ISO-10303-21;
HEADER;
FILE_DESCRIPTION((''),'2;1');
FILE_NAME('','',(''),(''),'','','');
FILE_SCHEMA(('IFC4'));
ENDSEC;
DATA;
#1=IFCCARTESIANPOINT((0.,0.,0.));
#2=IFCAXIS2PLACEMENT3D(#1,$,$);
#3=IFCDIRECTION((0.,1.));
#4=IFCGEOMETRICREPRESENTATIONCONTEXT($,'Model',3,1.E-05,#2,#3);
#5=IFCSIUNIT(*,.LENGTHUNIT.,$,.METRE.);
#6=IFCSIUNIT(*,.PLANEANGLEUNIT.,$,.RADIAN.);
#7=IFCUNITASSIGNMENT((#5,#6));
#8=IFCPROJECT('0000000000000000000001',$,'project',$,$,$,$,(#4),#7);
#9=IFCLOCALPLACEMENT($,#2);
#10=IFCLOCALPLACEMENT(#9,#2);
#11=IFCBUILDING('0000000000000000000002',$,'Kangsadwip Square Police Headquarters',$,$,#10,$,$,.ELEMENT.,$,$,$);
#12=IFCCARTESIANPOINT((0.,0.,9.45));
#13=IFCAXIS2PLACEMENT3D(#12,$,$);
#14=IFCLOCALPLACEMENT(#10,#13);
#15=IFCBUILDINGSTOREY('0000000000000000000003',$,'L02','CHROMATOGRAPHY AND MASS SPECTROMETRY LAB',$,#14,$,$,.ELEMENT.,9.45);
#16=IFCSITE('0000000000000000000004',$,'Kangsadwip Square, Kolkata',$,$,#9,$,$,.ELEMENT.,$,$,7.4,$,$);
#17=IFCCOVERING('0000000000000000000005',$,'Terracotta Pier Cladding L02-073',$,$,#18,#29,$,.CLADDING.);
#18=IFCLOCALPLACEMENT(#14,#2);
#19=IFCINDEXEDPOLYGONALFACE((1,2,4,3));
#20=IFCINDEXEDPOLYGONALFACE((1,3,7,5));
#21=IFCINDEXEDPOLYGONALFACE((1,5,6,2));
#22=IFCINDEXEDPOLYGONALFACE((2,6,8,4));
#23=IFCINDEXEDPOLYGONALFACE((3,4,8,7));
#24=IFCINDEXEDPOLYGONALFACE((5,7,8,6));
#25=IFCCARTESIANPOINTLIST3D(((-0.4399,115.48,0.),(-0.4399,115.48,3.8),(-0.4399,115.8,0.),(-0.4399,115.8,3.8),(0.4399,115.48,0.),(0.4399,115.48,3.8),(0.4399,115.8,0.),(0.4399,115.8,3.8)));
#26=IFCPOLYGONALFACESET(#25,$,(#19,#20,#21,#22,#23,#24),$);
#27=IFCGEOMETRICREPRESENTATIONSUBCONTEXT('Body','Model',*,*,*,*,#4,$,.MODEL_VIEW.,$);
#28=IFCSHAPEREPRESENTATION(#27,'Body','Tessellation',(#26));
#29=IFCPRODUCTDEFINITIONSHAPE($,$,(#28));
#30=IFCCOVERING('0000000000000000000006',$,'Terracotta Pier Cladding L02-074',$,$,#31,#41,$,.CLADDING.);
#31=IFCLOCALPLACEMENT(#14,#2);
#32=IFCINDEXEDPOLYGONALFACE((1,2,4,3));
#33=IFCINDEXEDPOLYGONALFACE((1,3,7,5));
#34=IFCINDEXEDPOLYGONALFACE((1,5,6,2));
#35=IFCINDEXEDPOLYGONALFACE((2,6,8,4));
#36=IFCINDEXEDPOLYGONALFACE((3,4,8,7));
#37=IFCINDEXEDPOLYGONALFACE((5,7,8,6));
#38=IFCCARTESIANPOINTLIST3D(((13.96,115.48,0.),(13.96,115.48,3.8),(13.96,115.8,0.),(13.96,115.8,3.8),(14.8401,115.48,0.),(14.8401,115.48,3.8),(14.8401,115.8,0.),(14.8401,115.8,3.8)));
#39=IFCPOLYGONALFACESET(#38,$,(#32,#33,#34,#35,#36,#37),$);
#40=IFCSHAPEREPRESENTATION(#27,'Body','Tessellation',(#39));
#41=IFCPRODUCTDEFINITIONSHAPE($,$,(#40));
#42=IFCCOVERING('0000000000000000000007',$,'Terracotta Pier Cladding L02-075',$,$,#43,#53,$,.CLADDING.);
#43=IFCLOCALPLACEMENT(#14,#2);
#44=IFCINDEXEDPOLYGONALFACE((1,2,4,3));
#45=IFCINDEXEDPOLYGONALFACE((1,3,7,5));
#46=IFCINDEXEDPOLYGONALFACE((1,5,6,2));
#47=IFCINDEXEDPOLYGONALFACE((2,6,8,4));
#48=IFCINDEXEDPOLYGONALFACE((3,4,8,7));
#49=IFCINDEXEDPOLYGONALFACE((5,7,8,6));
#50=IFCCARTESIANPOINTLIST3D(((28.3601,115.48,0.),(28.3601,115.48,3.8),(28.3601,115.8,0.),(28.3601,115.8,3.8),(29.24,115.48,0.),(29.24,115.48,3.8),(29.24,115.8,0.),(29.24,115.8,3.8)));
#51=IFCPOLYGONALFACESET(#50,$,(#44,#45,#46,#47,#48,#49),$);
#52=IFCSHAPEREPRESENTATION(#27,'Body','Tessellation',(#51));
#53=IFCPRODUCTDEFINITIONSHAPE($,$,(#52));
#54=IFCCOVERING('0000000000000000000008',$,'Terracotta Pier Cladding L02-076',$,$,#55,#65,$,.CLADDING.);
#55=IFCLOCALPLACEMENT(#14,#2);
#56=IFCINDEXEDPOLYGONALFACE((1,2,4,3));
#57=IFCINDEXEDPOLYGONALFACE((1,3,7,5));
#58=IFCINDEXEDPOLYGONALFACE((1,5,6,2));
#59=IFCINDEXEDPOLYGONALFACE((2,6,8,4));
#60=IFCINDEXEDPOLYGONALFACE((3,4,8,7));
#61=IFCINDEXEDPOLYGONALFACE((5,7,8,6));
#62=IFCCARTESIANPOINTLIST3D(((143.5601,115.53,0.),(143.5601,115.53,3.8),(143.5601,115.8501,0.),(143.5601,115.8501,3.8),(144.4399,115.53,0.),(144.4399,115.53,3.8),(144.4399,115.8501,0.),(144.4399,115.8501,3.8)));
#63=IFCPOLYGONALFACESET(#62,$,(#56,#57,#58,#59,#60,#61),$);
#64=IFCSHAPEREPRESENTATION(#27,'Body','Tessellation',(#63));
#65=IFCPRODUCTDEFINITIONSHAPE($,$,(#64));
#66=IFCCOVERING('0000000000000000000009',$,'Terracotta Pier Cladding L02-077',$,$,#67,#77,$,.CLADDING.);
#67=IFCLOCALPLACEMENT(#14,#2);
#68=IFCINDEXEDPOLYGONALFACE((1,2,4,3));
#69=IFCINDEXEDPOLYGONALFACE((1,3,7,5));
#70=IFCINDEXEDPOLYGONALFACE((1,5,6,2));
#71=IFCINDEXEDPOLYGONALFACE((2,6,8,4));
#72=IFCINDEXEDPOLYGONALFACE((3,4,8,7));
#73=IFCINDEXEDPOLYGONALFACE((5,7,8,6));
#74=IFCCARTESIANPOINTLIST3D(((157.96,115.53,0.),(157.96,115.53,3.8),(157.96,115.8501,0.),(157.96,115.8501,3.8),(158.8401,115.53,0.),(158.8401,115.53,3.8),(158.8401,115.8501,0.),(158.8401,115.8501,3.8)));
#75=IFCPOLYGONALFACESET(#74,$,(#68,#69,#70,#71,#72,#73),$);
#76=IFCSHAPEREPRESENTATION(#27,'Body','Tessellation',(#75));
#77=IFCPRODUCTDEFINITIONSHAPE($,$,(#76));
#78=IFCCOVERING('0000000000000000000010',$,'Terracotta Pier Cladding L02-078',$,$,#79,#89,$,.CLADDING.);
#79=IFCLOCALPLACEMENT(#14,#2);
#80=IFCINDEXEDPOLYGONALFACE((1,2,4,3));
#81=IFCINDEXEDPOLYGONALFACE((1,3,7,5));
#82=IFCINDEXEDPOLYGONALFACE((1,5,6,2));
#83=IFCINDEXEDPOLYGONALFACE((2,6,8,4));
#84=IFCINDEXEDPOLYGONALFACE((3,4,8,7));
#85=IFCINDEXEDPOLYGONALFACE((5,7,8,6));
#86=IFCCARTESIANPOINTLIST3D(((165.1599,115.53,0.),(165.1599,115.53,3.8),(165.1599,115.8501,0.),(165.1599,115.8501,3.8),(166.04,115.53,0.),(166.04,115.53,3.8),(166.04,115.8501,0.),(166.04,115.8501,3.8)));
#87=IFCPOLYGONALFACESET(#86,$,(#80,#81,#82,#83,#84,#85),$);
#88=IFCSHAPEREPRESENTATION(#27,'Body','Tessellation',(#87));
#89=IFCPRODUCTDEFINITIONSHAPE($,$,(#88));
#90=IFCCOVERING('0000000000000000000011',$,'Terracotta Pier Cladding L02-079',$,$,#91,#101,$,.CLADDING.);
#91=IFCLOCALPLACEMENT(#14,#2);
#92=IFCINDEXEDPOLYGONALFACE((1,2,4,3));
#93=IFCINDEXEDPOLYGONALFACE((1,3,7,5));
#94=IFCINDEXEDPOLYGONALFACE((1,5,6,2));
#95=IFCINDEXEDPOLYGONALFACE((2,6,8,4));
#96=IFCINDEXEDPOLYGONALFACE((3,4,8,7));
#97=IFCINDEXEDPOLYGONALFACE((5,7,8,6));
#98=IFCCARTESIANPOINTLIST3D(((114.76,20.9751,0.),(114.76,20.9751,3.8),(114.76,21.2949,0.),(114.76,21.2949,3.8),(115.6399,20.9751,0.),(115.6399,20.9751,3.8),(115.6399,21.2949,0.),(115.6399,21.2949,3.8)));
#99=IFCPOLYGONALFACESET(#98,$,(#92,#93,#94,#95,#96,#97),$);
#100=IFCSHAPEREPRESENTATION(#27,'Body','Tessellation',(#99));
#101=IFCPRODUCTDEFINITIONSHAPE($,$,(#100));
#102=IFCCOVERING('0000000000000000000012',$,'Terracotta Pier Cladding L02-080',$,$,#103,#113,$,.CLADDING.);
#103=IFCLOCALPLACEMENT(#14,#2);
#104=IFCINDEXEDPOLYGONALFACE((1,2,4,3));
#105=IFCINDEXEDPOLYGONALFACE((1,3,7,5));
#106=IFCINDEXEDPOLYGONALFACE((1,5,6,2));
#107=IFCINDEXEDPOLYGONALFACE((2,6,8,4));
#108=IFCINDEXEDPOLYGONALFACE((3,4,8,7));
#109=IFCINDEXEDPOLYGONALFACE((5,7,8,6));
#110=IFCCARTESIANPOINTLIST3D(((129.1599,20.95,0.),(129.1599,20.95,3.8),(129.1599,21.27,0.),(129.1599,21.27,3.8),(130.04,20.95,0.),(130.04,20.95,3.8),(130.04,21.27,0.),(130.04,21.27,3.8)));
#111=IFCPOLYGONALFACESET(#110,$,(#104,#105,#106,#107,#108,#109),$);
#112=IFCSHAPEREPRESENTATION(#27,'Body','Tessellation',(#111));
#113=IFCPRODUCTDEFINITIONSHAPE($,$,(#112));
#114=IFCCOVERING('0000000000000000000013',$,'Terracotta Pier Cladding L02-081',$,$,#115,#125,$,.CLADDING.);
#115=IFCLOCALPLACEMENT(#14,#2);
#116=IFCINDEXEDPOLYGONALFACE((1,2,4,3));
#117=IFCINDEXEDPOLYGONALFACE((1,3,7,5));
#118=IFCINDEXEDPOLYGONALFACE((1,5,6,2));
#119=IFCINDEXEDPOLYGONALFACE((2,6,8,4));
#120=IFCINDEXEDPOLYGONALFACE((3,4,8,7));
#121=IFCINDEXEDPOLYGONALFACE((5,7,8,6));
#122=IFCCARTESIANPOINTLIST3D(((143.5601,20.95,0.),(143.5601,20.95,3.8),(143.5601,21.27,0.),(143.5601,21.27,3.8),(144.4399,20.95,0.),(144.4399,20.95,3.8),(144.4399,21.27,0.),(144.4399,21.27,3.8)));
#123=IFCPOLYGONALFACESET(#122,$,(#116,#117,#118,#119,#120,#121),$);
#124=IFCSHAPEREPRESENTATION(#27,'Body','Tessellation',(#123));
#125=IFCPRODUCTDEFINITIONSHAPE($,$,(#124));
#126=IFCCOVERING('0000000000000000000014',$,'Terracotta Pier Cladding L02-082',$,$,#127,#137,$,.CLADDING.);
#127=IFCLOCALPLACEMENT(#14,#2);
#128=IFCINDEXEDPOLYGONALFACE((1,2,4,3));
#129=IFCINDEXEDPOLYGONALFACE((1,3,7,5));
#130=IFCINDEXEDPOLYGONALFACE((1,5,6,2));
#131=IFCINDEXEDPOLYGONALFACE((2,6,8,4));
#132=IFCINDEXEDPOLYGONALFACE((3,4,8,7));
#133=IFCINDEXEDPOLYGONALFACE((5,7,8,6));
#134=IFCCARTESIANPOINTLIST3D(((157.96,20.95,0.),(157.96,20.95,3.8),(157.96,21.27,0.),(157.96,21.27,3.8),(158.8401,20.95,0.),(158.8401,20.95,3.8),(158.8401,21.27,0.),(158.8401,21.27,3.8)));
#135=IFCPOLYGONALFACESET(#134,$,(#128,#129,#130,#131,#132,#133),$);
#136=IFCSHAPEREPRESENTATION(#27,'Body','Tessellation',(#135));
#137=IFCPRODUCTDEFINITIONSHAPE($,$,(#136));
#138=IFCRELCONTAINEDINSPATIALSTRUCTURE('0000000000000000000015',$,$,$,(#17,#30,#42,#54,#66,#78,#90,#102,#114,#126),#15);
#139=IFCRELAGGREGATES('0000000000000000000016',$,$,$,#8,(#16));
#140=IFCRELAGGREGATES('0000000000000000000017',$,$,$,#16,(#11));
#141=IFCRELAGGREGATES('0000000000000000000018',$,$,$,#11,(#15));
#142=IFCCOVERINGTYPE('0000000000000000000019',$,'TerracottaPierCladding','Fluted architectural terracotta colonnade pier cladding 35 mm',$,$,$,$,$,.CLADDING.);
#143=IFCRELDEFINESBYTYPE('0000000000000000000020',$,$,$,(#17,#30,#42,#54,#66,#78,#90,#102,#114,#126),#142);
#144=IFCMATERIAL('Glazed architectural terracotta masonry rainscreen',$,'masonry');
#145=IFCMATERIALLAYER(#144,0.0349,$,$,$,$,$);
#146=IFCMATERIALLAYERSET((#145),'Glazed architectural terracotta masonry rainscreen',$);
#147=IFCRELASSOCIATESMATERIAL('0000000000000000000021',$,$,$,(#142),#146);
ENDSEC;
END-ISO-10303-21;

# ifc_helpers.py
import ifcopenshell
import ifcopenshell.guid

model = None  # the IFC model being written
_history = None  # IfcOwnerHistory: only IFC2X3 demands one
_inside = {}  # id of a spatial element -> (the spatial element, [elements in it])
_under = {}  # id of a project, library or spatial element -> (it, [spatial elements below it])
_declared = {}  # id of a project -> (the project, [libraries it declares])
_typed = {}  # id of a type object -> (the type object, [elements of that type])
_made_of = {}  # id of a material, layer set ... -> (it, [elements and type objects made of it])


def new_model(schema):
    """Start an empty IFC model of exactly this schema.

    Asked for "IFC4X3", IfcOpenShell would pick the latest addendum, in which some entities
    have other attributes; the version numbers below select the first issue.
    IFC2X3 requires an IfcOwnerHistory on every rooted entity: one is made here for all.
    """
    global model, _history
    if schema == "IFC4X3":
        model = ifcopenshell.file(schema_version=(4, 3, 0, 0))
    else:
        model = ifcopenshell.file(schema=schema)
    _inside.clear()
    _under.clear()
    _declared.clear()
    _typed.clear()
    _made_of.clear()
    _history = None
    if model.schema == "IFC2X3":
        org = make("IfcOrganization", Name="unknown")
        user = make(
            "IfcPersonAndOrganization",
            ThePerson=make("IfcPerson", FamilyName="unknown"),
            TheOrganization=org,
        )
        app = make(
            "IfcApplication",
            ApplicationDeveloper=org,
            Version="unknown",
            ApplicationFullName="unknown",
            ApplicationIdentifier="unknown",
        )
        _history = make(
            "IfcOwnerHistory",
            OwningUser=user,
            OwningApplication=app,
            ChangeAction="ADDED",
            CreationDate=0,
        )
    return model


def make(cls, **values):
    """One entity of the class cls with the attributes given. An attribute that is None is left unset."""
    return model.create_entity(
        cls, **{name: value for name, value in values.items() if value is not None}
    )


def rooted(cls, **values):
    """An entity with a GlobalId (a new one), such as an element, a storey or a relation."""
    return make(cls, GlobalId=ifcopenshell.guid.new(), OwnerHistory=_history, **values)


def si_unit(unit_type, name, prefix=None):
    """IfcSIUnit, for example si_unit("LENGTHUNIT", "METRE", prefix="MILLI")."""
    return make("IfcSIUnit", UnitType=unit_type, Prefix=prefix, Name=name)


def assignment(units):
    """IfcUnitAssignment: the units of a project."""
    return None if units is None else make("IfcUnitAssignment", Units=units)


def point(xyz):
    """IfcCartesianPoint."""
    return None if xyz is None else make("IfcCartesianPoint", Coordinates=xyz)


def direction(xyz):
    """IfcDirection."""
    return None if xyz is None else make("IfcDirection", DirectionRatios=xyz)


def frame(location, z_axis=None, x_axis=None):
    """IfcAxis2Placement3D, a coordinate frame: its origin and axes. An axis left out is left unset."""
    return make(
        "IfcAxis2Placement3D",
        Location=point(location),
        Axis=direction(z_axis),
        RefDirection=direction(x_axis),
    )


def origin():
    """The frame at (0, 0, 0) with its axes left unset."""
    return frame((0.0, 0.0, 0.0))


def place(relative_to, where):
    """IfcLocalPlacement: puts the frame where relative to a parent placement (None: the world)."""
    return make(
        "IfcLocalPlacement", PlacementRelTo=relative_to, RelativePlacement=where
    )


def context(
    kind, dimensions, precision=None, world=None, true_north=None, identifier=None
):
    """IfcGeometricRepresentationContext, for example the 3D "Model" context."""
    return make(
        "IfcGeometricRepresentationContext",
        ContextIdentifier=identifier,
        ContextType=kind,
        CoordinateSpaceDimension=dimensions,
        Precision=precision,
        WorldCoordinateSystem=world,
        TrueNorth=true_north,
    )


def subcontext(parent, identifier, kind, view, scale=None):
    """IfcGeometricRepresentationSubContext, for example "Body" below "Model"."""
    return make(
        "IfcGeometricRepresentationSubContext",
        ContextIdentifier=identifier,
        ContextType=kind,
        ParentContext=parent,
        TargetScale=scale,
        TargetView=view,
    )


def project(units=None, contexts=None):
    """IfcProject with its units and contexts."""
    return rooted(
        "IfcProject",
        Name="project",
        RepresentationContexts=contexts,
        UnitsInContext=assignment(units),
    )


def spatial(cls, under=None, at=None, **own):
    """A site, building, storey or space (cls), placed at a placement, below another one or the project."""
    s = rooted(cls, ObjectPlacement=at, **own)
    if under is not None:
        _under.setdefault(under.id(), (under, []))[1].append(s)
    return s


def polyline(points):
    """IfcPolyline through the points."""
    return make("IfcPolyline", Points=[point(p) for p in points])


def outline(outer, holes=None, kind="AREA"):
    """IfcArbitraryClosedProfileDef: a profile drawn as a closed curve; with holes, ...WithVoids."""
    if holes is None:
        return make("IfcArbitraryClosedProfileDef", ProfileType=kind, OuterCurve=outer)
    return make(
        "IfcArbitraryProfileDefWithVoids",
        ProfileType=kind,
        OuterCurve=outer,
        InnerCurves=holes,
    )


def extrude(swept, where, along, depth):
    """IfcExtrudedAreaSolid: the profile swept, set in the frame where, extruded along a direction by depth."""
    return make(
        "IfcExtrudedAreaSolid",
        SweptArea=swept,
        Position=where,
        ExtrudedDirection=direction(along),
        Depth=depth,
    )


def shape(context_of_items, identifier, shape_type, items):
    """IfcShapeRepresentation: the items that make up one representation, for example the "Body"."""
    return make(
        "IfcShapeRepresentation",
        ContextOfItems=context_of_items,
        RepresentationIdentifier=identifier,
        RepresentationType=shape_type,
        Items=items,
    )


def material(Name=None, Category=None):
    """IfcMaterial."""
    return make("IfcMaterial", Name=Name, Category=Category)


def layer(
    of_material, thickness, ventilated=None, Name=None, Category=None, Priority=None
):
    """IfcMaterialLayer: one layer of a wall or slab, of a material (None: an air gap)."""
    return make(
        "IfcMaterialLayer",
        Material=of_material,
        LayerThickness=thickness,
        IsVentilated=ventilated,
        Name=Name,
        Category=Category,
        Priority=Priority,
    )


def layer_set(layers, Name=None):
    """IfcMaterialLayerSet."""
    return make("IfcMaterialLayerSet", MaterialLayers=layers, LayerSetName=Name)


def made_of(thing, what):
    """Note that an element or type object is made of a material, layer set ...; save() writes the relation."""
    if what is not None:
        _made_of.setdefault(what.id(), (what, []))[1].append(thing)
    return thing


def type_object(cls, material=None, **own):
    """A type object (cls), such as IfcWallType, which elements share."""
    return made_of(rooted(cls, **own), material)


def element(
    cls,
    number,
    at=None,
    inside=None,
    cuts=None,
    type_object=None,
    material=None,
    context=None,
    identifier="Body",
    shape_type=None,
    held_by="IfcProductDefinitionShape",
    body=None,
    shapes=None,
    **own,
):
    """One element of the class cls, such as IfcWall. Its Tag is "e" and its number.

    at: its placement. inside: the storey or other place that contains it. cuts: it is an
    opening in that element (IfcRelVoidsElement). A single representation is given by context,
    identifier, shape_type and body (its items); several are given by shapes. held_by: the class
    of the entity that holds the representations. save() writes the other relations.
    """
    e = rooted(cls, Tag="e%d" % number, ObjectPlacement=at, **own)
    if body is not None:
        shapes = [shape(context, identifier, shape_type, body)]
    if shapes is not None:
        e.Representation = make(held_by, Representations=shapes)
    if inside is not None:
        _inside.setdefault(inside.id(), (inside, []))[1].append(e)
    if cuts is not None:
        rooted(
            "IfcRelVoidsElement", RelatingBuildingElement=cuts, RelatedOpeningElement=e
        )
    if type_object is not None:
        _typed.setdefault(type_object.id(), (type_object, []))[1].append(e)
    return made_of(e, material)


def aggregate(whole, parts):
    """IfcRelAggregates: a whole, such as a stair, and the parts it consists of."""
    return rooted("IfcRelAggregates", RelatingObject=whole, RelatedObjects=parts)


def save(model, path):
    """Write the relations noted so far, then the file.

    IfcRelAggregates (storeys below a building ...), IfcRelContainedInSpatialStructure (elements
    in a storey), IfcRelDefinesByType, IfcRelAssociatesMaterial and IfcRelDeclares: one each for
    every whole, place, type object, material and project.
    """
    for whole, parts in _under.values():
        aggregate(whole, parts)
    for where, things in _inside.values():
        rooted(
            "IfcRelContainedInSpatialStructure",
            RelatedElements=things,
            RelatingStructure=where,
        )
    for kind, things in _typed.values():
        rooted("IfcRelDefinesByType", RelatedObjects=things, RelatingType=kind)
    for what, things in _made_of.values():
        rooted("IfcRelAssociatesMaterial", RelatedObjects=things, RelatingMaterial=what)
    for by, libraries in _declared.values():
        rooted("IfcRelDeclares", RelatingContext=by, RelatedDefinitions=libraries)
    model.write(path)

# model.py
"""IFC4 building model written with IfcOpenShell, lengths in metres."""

from ifc_helpers import new_model, si_unit, direction, frame, origin, place, context, subcontext, project, spatial, polyline, outline, extrude, material, layer, layer_set, type_object, element, save


model = new_model("IFC4")

# Units and contexts
model_context = context("Model", 3, precision=1e-05, world=origin(), true_north=direction((0.0, 1.0)))
body_context = subcontext(model_context, "Body", "Model", "MODEL_VIEW")
ifc_project = project(units=[si_unit("LENGTHUNIT", "METRE"), si_unit("PLANEANGLEUNIT", "RADIAN")], contexts=[model_context])

# Site, building, storey
site_placement = place(None, origin())
site = spatial("IfcSite", under=ifc_project, at=site_placement, Name="Kangsadwip Square, Kolkata", CompositionType="ELEMENT", RefElevation=7.4)
building_placement = place(site_placement, origin())
building = spatial("IfcBuilding", under=site, at=building_placement, Name="Kangsadwip Square Police Headquarters", CompositionType="ELEMENT")
storey_placement = place(building_placement, frame((0.0, 0.0, 9.45)))
storey = spatial("IfcBuildingStorey", under=building, at=storey_placement, Name="L02", Description="CHROMATOGRAPHY AND MASS SPECTROMETRY LAB", CompositionType="ELEMENT", Elevation=9.45)

# Coverings
ifc_material_1 = material(Name="Glazed architectural terracotta masonry rainscreen", Category="masonry")
ifc_layer_1 = layer(ifc_material_1, 0.0349)
ifc_layer_set_1 = layer_set([ifc_layer_1], Name="Glazed architectural terracotta masonry rainscreen")
covering_type_1 = type_object("IfcCoveringType", Name="TerracottaPierCladding", Description="Fluted architectural terracotta colonnade pier cladding 35 mm", PredefinedType="CLADDING", material=ifc_layer_set_1)
covering_1_placement = place(storey_placement, origin())
element("IfcCovering", 1, at=covering_1_placement, inside=storey, type_object=covering_type_1, Name="Terracotta Pier Cladding L02-073", PredefinedType="CLADDING", context=body_context, shape_type="SweptSolid", body=[
    extrude(outline(polyline([(-0.4399, 115.48), (0.4399, 115.48), (0.4399, 115.8), (-0.4399, 115.8), (-0.4399, 115.48)])), origin(), (0.0, 0.0, 1.0), 3.8),
])
covering_2_placement = place(storey_placement, origin())
element("IfcCovering", 2, at=covering_2_placement, inside=storey, type_object=covering_type_1, Name="Terracotta Pier Cladding L02-074", PredefinedType="CLADDING", context=body_context, shape_type="SweptSolid", body=[
    extrude(outline(polyline([(13.96, 115.48), (14.8401, 115.48), (14.8401, 115.8), (13.96, 115.8), (13.96, 115.48)])), origin(), (0.0, 0.0, 1.0), 3.8),
])
covering_3_placement = place(storey_placement, origin())
element("IfcCovering", 3, at=covering_3_placement, inside=storey, type_object=covering_type_1, Name="Terracotta Pier Cladding L02-075", PredefinedType="CLADDING", context=body_context, shape_type="SweptSolid", body=[
    extrude(outline(polyline([(28.3601, 115.48), (29.24, 115.48), (29.24, 115.8), (28.3601, 115.8), (28.3601, 115.48)])), origin(), (0.0, 0.0, 1.0), 3.8),
])
covering_4_placement = place(storey_placement, origin())
element("IfcCovering", 4, at=covering_4_placement, inside=storey, type_object=covering_type_1, Name="Terracotta Pier Cladding L02-076", PredefinedType="CLADDING", context=body_context, shape_type="SweptSolid", body=[
    extrude(outline(polyline([(143.5601, 115.53), (144.4399, 115.53), (144.4399, 115.8501), (143.5601, 115.8501), (143.5601, 115.53)])), origin(), (0.0, 0.0, 1.0), 3.8),
])
covering_5_placement = place(storey_placement, origin())
element("IfcCovering", 5, at=covering_5_placement, inside=storey, type_object=covering_type_1, Name="Terracotta Pier Cladding L02-077", PredefinedType="CLADDING", context=body_context, shape_type="SweptSolid", body=[
    extrude(outline(polyline([(157.96, 115.53), (158.8401, 115.53), (158.8401, 115.8501), (157.96, 115.8501), (157.96, 115.53)])), origin(), (0.0, 0.0, 1.0), 3.8),
])
covering_6_placement = place(storey_placement, origin())
element("IfcCovering", 6, at=covering_6_placement, inside=storey, type_object=covering_type_1, Name="Terracotta Pier Cladding L02-078", PredefinedType="CLADDING", context=body_context, shape_type="SweptSolid", body=[
    extrude(outline(polyline([(165.1599, 115.53), (166.04, 115.53), (166.04, 115.8501), (165.1599, 115.8501), (165.1599, 115.53)])), origin(), (0.0, 0.0, 1.0), 3.8),
])
covering_7_placement = place(storey_placement, origin())
element("IfcCovering", 7, at=covering_7_placement, inside=storey, type_object=covering_type_1, Name="Terracotta Pier Cladding L02-079", PredefinedType="CLADDING", context=body_context, shape_type="SweptSolid", body=[
    extrude(outline(polyline([(114.76, 20.9751), (115.6399, 20.9751), (115.6399, 21.2949), (114.76, 21.2949), (114.76, 20.9751)])), origin(), (0.0, 0.0, 1.0), 3.8),
])
covering_8_placement = place(storey_placement, origin())
element("IfcCovering", 8, at=covering_8_placement, inside=storey, type_object=covering_type_1, Name="Terracotta Pier Cladding L02-080", PredefinedType="CLADDING", context=body_context, shape_type="SweptSolid", body=[
    extrude(outline(polyline([(129.1599, 20.95), (130.04, 20.95), (130.04, 21.27), (129.1599, 21.27), (129.1599, 20.95)])), origin(), (0.0, 0.0, 1.0), 3.8),
])
covering_9_placement = place(storey_placement, origin())
element("IfcCovering", 9, at=covering_9_placement, inside=storey, type_object=covering_type_1, Name="Terracotta Pier Cladding L02-081", PredefinedType="CLADDING", context=body_context, shape_type="SweptSolid", body=[
    extrude(outline(polyline([(143.5601, 20.95), (144.4399, 20.95), (144.4399, 21.27), (143.5601, 21.27), (143.5601, 20.95)])), origin(), (0.0, 0.0, 1.0), 3.8),
])
covering_10_placement = place(storey_placement, origin())
element("IfcCovering", 10, at=covering_10_placement, inside=storey, type_object=covering_type_1, Name="Terracotta Pier Cladding L02-082", PredefinedType="CLADDING", context=body_context, shape_type="SweptSolid", body=[
    extrude(outline(polyline([(157.96, 20.95), (158.8401, 20.95), (158.8401, 21.27), (157.96, 21.27), (157.96, 20.95)])), origin(), (0.0, 0.0, 1.0), 3.8),
])

save(model, "model.ifc")
